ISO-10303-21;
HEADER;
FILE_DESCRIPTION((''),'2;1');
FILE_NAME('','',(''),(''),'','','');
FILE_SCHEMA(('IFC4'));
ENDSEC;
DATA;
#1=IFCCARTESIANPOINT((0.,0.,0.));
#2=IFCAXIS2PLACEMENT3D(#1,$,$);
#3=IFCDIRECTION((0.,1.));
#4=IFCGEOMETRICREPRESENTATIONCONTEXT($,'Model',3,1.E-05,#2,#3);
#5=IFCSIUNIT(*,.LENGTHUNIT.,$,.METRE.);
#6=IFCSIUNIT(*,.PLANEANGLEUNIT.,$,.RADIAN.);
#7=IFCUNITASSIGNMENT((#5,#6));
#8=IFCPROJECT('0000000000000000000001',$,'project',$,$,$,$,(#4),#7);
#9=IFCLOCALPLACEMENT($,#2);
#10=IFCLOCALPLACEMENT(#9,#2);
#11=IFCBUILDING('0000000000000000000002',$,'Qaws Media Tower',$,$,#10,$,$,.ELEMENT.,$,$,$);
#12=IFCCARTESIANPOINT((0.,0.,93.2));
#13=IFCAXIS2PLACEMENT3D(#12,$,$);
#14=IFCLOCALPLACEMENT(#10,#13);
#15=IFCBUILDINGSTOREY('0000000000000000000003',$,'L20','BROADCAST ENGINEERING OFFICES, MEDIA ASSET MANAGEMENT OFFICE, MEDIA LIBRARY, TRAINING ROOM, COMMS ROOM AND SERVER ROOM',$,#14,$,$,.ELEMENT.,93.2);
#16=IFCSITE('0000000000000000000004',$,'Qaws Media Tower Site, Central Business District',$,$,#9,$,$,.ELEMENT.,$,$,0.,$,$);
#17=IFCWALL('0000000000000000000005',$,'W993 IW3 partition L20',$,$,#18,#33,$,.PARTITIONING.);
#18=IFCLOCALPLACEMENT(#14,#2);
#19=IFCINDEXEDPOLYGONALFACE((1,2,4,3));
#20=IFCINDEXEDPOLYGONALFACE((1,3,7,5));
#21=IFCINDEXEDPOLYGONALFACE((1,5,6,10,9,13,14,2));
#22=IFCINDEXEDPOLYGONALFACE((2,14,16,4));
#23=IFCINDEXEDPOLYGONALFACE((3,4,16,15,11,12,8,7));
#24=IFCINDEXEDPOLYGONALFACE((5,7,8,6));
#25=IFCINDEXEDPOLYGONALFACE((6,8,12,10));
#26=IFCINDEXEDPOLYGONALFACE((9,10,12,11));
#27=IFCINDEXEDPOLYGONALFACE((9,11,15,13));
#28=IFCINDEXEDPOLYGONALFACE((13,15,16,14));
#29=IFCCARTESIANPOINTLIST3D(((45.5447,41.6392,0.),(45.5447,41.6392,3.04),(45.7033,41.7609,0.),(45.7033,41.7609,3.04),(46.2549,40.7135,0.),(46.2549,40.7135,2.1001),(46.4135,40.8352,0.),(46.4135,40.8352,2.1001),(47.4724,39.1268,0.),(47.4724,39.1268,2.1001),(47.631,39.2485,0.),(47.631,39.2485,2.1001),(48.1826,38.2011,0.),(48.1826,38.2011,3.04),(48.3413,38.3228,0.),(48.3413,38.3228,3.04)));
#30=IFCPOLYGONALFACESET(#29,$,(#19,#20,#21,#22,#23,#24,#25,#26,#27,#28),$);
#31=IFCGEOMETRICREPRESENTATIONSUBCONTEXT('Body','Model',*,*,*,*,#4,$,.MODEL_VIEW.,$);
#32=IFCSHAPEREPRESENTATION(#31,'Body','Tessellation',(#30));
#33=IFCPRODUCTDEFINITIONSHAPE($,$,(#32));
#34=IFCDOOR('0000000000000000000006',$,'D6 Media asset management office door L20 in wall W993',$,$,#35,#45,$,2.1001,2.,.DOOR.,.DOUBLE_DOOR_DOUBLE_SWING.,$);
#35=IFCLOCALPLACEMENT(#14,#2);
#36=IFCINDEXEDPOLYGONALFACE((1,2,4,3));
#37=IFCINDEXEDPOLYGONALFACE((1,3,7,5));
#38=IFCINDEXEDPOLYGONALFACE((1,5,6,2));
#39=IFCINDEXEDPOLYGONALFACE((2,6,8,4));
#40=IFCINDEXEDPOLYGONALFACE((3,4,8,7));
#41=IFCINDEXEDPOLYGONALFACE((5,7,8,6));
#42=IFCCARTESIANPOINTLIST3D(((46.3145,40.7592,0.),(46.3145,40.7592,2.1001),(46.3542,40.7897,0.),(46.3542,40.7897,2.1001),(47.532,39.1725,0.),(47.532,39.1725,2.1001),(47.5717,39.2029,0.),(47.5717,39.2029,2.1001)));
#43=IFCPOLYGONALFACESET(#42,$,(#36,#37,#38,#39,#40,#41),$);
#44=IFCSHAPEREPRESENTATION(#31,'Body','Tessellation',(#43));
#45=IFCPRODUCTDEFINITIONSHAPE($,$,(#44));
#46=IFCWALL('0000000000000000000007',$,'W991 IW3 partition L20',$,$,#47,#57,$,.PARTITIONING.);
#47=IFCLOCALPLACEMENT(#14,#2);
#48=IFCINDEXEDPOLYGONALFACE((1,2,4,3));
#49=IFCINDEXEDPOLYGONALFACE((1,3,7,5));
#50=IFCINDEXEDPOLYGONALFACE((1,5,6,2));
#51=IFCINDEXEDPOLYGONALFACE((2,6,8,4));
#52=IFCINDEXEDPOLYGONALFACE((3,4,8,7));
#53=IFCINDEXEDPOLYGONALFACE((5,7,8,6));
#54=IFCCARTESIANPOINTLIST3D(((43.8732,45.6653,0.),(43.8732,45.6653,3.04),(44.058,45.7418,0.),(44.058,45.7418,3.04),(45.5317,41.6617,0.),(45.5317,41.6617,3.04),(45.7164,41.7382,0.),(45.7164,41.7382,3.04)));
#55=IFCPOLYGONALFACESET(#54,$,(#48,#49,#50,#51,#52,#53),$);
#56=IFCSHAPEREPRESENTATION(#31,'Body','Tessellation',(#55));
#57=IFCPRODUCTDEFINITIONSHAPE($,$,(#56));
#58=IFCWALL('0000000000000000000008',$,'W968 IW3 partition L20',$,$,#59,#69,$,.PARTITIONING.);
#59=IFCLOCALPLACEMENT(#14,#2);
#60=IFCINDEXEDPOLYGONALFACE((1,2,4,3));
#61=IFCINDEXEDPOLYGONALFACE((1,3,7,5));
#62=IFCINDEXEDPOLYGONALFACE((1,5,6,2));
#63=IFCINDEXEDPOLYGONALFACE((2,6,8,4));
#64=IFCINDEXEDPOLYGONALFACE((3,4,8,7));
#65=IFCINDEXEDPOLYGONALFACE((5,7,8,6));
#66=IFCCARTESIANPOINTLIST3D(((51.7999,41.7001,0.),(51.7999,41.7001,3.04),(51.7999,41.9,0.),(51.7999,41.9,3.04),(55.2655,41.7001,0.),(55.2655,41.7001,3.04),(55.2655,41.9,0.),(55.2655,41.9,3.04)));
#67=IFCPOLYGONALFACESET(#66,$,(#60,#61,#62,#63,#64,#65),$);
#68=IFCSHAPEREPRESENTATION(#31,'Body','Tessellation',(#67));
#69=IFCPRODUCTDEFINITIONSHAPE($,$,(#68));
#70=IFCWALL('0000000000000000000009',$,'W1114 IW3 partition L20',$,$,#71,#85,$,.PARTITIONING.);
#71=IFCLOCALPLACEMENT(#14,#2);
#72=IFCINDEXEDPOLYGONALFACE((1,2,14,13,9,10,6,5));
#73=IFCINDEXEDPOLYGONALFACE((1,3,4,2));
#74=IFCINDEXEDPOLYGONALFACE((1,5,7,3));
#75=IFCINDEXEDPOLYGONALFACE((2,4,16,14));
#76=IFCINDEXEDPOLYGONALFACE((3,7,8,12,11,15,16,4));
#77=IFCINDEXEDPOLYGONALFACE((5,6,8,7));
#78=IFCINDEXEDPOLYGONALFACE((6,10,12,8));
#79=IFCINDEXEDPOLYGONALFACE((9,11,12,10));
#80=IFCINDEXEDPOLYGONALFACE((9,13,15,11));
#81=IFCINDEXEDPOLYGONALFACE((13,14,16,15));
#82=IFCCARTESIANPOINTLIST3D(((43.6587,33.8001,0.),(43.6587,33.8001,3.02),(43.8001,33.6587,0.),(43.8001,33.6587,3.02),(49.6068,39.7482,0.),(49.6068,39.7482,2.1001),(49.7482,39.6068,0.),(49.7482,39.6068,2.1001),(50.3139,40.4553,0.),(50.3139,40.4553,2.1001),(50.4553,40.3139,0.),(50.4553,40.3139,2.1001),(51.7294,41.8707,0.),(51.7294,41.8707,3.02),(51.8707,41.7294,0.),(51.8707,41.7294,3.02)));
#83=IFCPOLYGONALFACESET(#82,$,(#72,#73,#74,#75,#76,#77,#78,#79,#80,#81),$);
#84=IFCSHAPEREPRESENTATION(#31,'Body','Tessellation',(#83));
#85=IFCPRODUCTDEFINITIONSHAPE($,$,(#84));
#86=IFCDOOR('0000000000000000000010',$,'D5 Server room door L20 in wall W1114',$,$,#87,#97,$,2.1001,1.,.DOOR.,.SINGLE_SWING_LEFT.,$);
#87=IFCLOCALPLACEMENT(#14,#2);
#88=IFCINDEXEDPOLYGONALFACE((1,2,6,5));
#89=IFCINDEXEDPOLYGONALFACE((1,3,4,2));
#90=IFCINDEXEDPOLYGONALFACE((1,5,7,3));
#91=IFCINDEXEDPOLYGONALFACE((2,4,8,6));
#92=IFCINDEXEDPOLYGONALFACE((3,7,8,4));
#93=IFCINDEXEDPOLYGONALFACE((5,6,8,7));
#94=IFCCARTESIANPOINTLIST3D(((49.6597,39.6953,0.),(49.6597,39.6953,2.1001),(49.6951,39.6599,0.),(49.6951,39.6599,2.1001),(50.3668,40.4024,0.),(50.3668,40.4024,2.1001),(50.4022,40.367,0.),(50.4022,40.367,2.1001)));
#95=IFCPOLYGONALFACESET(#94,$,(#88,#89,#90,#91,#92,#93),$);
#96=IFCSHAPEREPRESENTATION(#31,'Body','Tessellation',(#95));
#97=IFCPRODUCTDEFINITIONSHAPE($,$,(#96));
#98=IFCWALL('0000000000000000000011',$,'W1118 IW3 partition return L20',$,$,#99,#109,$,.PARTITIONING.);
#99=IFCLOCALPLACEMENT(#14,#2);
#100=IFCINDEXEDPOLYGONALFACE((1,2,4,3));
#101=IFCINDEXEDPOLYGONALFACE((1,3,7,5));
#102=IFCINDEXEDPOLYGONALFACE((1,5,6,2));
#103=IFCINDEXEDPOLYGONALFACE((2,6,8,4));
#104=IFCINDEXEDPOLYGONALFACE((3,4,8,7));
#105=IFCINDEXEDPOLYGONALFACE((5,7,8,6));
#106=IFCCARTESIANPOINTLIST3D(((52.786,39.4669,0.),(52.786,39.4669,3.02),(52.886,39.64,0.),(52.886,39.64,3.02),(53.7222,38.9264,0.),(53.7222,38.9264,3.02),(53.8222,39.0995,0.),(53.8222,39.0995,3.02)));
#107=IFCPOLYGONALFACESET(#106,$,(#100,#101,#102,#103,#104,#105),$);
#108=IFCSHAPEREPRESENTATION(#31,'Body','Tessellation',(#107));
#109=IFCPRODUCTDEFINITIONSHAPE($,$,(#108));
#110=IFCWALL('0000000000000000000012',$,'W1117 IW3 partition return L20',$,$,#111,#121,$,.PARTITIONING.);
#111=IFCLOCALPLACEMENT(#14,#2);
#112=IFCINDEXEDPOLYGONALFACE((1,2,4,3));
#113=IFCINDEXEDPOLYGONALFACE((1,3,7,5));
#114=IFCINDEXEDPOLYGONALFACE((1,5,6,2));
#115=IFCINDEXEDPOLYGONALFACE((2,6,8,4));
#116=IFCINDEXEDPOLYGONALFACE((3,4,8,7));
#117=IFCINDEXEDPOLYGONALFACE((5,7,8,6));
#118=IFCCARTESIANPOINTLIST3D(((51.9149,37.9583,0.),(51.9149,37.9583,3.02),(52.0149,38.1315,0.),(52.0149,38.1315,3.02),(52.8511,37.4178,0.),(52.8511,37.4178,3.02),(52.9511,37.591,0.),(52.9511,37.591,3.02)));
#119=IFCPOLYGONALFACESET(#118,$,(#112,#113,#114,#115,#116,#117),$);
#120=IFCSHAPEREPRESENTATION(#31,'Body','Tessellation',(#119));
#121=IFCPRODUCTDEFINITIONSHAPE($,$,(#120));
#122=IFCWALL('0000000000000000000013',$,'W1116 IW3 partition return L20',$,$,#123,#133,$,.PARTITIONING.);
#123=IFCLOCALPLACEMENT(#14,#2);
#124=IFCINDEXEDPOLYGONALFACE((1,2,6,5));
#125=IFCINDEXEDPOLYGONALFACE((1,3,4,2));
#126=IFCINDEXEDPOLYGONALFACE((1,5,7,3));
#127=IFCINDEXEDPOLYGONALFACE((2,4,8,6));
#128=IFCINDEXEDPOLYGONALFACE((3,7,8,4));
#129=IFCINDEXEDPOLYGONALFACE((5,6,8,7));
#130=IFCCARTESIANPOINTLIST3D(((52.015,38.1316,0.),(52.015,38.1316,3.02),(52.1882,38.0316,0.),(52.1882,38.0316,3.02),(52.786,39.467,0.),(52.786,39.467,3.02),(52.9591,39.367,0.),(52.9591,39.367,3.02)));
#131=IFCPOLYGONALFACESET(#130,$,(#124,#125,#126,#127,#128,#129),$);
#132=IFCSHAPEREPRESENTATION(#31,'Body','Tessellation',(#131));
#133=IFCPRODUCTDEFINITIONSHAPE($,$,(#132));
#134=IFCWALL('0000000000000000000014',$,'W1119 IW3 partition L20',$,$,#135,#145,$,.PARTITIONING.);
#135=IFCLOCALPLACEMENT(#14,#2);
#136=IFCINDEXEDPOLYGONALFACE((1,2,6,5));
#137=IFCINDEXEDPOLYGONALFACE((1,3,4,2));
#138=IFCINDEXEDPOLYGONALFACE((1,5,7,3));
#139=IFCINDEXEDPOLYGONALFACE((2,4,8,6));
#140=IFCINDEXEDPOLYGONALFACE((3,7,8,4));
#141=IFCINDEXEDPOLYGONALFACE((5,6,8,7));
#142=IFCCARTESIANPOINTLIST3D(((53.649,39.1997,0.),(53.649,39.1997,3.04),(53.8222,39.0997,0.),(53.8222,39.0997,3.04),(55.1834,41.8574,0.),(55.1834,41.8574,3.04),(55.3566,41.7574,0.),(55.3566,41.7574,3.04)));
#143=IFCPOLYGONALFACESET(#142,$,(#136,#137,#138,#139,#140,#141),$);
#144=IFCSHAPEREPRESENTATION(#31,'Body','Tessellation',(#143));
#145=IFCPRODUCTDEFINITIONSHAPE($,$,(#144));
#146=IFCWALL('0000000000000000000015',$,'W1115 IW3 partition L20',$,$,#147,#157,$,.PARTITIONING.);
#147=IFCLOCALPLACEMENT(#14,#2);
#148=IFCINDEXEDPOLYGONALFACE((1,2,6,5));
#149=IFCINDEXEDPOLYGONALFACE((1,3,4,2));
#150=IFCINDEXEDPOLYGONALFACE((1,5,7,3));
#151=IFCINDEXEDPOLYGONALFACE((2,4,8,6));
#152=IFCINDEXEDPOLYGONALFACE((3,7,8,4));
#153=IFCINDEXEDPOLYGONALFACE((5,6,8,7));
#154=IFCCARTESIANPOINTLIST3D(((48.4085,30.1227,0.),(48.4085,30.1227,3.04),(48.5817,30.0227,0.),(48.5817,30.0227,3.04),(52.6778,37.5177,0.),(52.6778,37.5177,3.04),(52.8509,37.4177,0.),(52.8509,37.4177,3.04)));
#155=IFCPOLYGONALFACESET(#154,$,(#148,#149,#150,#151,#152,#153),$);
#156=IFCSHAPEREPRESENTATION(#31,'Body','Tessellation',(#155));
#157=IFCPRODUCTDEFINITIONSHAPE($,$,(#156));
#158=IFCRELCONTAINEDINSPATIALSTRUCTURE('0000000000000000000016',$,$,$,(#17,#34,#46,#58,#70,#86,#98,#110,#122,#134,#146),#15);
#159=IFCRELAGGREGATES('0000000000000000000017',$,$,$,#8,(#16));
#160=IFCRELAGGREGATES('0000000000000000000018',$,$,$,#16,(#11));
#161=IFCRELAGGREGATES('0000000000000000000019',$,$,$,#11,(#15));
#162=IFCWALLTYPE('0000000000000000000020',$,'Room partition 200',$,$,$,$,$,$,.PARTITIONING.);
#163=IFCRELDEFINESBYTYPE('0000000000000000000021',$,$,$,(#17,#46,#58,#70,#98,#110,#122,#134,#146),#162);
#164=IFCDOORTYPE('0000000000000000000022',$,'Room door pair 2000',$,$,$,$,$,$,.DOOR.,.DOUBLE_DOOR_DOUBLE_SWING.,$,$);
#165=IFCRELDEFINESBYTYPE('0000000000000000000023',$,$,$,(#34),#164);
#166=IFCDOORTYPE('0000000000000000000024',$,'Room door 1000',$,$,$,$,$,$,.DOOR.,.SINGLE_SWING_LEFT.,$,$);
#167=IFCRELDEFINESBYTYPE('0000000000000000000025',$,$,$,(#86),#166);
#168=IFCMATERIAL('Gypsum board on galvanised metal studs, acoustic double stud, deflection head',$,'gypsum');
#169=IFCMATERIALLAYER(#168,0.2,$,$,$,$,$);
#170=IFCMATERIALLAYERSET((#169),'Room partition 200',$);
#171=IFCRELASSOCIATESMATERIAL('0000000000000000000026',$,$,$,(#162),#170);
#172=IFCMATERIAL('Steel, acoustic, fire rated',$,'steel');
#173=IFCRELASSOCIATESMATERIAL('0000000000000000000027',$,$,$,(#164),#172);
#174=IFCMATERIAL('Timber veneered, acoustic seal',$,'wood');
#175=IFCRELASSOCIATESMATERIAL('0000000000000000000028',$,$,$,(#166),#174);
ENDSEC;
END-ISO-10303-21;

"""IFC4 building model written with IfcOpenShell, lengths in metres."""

from ifc_helpers import new_model, si_unit, direction, frame, frame_2d, origin, place, context, subcontext, project, spatial, rectangle, extrude, material, layer, layer_set, type_object, element, fill, save


model = new_model("IFC4")

# Units and contexts
model_context = context("Model", 3, precision=1e-05, world=origin(), true_north=direction((0.0, 1.0)))
body_context = subcontext(model_context, "Body", "Model", "MODEL_VIEW")
ifc_project = project(units=[si_unit("LENGTHUNIT", "METRE"), si_unit("PLANEANGLEUNIT", "RADIAN")], contexts=[model_context])

# Site, building, storey
site_placement = place(None, origin())
site = spatial("IfcSite", under=ifc_project, at=site_placement, Name="Qaws Media Tower Site, Central Business District", CompositionType="ELEMENT", RefElevation=0.0)
building_placement = place(site_placement, origin())
building = spatial("IfcBuilding", under=site, at=building_placement, Name="Qaws Media Tower", CompositionType="ELEMENT")
storey_placement = place(building_placement, frame((0.0, 0.0, 93.2)))
storey = spatial("IfcBuildingStorey", under=building, at=storey_placement, Name="L20", Description="BROADCAST ENGINEERING OFFICES, MEDIA ASSET MANAGEMENT OFFICE, MEDIA LIBRARY, TRAINING ROOM, COMMS ROOM AND SERVER ROOM", CompositionType="ELEMENT", Elevation=93.2)

# Wall, opening, door
ifc_material_1 = material(Name="Gypsum board on galvanised metal studs, acoustic double stud, deflection head", Category="gypsum")
ifc_layer_1 = layer(ifc_material_1, 0.2)
ifc_layer_set_1 = layer_set([ifc_layer_1], Name="Room partition 200")
wall_type = type_object("IfcWallType", Name="Room partition 200", PredefinedType="PARTITIONING", material=ifc_layer_set_1)
wall_1_placement = place(storey_placement, frame((48.262, 38.262, 0.0), z_axis=(0.0, 0.0, 1.0), x_axis=(-0.608744, 0.793367, 0.0)))
wall_1 = element("IfcWall", 1, at=wall_1_placement, inside=storey, type_object=wall_type, Name="W993 IW3 partition L20", PredefinedType="PARTITIONING", context=body_context, shape_type="SweptSolid", body=[
    extrude(rectangle(XDim=4.3335, YDim=0.2, at=frame_2d((2.1667, 0.0))), origin(), (0.0, 0.0, 1.0), 3.04),
])
opening_1_placement = place(wall_1_placement, frame((1.1667, 0.0, 0.0)))
opening_1 = element("IfcOpeningElement", 2, at=opening_1_placement, cuts=wall_1, PredefinedType="OPENING", context=body_context, shape_type="SweptSolid", body=[
    extrude(rectangle(XDim=2.0, YDim=2.1001, at=frame_2d((1.0, 1.05))), frame((0.0, 0.1099, 0.0), z_axis=(0.0, -1.0, 0.0), x_axis=(1.0, 0.0, 0.0)), (0.0, 0.0, 1.0), 0.22),
])
ifc_material_2 = material(Name="Steel, acoustic, fire rated", Category="steel")
door_type_1 = type_object("IfcDoorType", Name="Room door pair 2000", OperationType="DOUBLE_DOOR_DOUBLE_SWING", PredefinedType="DOOR", material=ifc_material_2)
door_1_placement = place(opening_1_placement, origin())
door_1 = element("IfcDoor", 3, at=door_1_placement, inside=storey, type_object=door_type_1, Name="D6 Media asset management office door L20 in wall W993", OperationType="DOUBLE_DOOR_DOUBLE_SWING", OverallHeight=2.1001, OverallWidth=2.0, PredefinedType="DOOR", context=body_context, shape_type="SweptSolid", body=[
    extrude(rectangle(XDim=2.0, YDim=2.1001, at=frame_2d((1.0, 1.05))), frame((0.0, 0.0249, 0.0), z_axis=(0.0, -1.0, 0.0), x_axis=(1.0, 0.0, 0.0)), (0.0, 0.0, 1.0), 0.05),
])
fill(opening_1, door_1)

# Walls
wall_2_placement = place(storey_placement, frame((45.624, 41.7, 0.0), z_axis=(0.0, 0.0, 1.0), x_axis=(-0.382698, 0.923873, 0.0)))
element("IfcWall", 4, at=wall_2_placement, inside=storey, type_object=wall_type, Name="W991 IW3 partition L20", PredefinedType="PARTITIONING", context=body_context, shape_type="SweptSolid", body=[
    extrude(rectangle(XDim=4.3335, YDim=0.2, at=frame_2d((2.1667, 0.0))), origin(), (0.0, 0.0, 1.0), 3.04),
])
wall_3_placement = place(storey_placement, frame((55.2656, 41.8, 0.0), z_axis=(0.0, 0.0, 1.0), x_axis=(-1.0, 0.0, 0.0)))
element("IfcWall", 5, at=wall_3_placement, inside=storey, type_object=wall_type, Name="W968 IW3 partition L20", PredefinedType="PARTITIONING", context=body_context, shape_type="SweptSolid", body=[
    extrude(rectangle(XDim=3.4656, YDim=0.2, at=frame_2d((1.7329, 0.0))), origin(), (0.0, 0.0, 1.0), 3.04),
])

# Wall, opening, door
wall_4_placement = place(storey_placement, frame((51.8, 41.8, 0.0), z_axis=(0.0, 0.0, 1.0), x_axis=(-0.707107, -0.707107, 0.0)))
wall_4 = element("IfcWall", 6, at=wall_4_placement, inside=storey, type_object=wall_type, Name="W1114 IW3 partition L20", PredefinedType="PARTITIONING", context=body_context, shape_type="SweptSolid", body=[
    extrude(rectangle(XDim=11.4136, YDim=0.2, at=frame_2d((5.7068, 0.0))), origin(), (0.0, 0.0, 1.0), 3.02),
])
opening_2_placement = place(wall_4_placement, frame((2.0017, 0.0, 0.0)))
opening_2 = element("IfcOpeningElement", 7, at=opening_2_placement, cuts=wall_4, PredefinedType="OPENING", context=body_context, shape_type="SweptSolid", body=[
    extrude(rectangle(XDim=1.0, YDim=2.1001, at=frame_2d((0.5, 1.05))), frame((0.0, 0.1099, 0.0), z_axis=(0.0, -1.0, 0.0), x_axis=(1.0, 0.0, 0.0)), (0.0, 0.0, 1.0), 0.22),
])
ifc_material_3 = material(Name="Timber veneered, acoustic seal", Category="wood")
door_type_2 = type_object("IfcDoorType", Name="Room door 1000", OperationType="SINGLE_SWING_LEFT", PredefinedType="DOOR", material=ifc_material_3)
door_2_placement = place(opening_2_placement, origin())
door_2 = element("IfcDoor", 8, at=door_2_placement, inside=storey, type_object=door_type_2, Name="D5 Server room door L20 in wall W1114", OperationType="SINGLE_SWING_LEFT", OverallHeight=2.1001, OverallWidth=1.0, PredefinedType="DOOR", context=body_context, shape_type="SweptSolid", body=[
    extrude(rectangle(XDim=1.0, YDim=2.1001, at=frame_2d((0.5, 1.05))), frame((0.0, 0.0249, 0.0), z_axis=(0.0, -1.0, 0.0), x_axis=(1.0, 0.0, 0.0)), (0.0, 0.0, 1.0), 0.05),
])
fill(opening_2, door_2)

# Walls
for number, where, z_axis, x_axis, name in (
    (9, (53.7722, 39.0129, 0.0), (0.0, 0.0, 1.0), (-0.866039, 0.499977, 0.0), "W1118 IW3 partition return L20"),
    (10, (52.9011, 37.5044, 0.0), (0.0, 0.0, 1.0), (-0.866039, 0.499977, 0.0), "W1117 IW3 partition return L20"),
):
    element("IfcWall", number, at=place(storey_placement, frame(where, z_axis=z_axis, x_axis=x_axis)), inside=storey, type_object=wall_type, Name=name, PredefinedType="PARTITIONING", context=body_context, shape_type="SweptSolid", body=[
        extrude(rectangle(XDim=1.0811, YDim=0.2, at=frame_2d((0.5405, 0.0))), origin(), (0.0, 0.0, 1.0), 3.02),
    ])
wall_5_placement = place(storey_placement, frame((52.8726, 39.417, 0.0), z_axis=(0.0, 0.0, 1.0), x_axis=(-0.499987, -0.866033, 0.0)))
element("IfcWall", 11, at=wall_5_placement, inside=storey, type_object=wall_type, Name="W1116 IW3 partition return L20", PredefinedType="PARTITIONING", context=body_context, shape_type="SweptSolid", body=[
    extrude(rectangle(XDim=1.542, YDim=0.2, at=frame_2d((0.771, 0.0))), origin(), (0.0, 0.0, 1.0), 3.02),
])
wall_6_placement = place(storey_placement, frame((55.27, 41.8074, 0.0), z_axis=(0.0, 0.0, 1.0), x_axis=(-0.499998, -0.866027, 0.0)))
element("IfcWall", 12, at=wall_6_placement, inside=storey, type_object=wall_type, Name="W1119 IW3 partition L20", PredefinedType="PARTITIONING", context=body_context, shape_type="SweptSolid", body=[
    extrude(rectangle(XDim=3.0688, YDim=0.2, at=frame_2d((1.5344, 0.0))), origin(), (0.0, 0.0, 1.0), 3.04),
])
wall_7_placement = place(storey_placement, frame((52.7644, 37.4678, 0.0), z_axis=(0.0, 0.0, 1.0), x_axis=(-0.49998, -0.866037, 0.0)))
element("IfcWall", 13, at=wall_7_placement, inside=storey, type_object=wall_type, Name="W1115 IW3 partition L20", PredefinedType="PARTITIONING", context=body_context, shape_type="SweptSolid", body=[
    extrude(rectangle(XDim=8.5388, YDim=0.2, at=frame_2d((4.2695, 0.0))), origin(), (0.0, 0.0, 1.0), 3.04),
])

save(model, "model.ifc")
